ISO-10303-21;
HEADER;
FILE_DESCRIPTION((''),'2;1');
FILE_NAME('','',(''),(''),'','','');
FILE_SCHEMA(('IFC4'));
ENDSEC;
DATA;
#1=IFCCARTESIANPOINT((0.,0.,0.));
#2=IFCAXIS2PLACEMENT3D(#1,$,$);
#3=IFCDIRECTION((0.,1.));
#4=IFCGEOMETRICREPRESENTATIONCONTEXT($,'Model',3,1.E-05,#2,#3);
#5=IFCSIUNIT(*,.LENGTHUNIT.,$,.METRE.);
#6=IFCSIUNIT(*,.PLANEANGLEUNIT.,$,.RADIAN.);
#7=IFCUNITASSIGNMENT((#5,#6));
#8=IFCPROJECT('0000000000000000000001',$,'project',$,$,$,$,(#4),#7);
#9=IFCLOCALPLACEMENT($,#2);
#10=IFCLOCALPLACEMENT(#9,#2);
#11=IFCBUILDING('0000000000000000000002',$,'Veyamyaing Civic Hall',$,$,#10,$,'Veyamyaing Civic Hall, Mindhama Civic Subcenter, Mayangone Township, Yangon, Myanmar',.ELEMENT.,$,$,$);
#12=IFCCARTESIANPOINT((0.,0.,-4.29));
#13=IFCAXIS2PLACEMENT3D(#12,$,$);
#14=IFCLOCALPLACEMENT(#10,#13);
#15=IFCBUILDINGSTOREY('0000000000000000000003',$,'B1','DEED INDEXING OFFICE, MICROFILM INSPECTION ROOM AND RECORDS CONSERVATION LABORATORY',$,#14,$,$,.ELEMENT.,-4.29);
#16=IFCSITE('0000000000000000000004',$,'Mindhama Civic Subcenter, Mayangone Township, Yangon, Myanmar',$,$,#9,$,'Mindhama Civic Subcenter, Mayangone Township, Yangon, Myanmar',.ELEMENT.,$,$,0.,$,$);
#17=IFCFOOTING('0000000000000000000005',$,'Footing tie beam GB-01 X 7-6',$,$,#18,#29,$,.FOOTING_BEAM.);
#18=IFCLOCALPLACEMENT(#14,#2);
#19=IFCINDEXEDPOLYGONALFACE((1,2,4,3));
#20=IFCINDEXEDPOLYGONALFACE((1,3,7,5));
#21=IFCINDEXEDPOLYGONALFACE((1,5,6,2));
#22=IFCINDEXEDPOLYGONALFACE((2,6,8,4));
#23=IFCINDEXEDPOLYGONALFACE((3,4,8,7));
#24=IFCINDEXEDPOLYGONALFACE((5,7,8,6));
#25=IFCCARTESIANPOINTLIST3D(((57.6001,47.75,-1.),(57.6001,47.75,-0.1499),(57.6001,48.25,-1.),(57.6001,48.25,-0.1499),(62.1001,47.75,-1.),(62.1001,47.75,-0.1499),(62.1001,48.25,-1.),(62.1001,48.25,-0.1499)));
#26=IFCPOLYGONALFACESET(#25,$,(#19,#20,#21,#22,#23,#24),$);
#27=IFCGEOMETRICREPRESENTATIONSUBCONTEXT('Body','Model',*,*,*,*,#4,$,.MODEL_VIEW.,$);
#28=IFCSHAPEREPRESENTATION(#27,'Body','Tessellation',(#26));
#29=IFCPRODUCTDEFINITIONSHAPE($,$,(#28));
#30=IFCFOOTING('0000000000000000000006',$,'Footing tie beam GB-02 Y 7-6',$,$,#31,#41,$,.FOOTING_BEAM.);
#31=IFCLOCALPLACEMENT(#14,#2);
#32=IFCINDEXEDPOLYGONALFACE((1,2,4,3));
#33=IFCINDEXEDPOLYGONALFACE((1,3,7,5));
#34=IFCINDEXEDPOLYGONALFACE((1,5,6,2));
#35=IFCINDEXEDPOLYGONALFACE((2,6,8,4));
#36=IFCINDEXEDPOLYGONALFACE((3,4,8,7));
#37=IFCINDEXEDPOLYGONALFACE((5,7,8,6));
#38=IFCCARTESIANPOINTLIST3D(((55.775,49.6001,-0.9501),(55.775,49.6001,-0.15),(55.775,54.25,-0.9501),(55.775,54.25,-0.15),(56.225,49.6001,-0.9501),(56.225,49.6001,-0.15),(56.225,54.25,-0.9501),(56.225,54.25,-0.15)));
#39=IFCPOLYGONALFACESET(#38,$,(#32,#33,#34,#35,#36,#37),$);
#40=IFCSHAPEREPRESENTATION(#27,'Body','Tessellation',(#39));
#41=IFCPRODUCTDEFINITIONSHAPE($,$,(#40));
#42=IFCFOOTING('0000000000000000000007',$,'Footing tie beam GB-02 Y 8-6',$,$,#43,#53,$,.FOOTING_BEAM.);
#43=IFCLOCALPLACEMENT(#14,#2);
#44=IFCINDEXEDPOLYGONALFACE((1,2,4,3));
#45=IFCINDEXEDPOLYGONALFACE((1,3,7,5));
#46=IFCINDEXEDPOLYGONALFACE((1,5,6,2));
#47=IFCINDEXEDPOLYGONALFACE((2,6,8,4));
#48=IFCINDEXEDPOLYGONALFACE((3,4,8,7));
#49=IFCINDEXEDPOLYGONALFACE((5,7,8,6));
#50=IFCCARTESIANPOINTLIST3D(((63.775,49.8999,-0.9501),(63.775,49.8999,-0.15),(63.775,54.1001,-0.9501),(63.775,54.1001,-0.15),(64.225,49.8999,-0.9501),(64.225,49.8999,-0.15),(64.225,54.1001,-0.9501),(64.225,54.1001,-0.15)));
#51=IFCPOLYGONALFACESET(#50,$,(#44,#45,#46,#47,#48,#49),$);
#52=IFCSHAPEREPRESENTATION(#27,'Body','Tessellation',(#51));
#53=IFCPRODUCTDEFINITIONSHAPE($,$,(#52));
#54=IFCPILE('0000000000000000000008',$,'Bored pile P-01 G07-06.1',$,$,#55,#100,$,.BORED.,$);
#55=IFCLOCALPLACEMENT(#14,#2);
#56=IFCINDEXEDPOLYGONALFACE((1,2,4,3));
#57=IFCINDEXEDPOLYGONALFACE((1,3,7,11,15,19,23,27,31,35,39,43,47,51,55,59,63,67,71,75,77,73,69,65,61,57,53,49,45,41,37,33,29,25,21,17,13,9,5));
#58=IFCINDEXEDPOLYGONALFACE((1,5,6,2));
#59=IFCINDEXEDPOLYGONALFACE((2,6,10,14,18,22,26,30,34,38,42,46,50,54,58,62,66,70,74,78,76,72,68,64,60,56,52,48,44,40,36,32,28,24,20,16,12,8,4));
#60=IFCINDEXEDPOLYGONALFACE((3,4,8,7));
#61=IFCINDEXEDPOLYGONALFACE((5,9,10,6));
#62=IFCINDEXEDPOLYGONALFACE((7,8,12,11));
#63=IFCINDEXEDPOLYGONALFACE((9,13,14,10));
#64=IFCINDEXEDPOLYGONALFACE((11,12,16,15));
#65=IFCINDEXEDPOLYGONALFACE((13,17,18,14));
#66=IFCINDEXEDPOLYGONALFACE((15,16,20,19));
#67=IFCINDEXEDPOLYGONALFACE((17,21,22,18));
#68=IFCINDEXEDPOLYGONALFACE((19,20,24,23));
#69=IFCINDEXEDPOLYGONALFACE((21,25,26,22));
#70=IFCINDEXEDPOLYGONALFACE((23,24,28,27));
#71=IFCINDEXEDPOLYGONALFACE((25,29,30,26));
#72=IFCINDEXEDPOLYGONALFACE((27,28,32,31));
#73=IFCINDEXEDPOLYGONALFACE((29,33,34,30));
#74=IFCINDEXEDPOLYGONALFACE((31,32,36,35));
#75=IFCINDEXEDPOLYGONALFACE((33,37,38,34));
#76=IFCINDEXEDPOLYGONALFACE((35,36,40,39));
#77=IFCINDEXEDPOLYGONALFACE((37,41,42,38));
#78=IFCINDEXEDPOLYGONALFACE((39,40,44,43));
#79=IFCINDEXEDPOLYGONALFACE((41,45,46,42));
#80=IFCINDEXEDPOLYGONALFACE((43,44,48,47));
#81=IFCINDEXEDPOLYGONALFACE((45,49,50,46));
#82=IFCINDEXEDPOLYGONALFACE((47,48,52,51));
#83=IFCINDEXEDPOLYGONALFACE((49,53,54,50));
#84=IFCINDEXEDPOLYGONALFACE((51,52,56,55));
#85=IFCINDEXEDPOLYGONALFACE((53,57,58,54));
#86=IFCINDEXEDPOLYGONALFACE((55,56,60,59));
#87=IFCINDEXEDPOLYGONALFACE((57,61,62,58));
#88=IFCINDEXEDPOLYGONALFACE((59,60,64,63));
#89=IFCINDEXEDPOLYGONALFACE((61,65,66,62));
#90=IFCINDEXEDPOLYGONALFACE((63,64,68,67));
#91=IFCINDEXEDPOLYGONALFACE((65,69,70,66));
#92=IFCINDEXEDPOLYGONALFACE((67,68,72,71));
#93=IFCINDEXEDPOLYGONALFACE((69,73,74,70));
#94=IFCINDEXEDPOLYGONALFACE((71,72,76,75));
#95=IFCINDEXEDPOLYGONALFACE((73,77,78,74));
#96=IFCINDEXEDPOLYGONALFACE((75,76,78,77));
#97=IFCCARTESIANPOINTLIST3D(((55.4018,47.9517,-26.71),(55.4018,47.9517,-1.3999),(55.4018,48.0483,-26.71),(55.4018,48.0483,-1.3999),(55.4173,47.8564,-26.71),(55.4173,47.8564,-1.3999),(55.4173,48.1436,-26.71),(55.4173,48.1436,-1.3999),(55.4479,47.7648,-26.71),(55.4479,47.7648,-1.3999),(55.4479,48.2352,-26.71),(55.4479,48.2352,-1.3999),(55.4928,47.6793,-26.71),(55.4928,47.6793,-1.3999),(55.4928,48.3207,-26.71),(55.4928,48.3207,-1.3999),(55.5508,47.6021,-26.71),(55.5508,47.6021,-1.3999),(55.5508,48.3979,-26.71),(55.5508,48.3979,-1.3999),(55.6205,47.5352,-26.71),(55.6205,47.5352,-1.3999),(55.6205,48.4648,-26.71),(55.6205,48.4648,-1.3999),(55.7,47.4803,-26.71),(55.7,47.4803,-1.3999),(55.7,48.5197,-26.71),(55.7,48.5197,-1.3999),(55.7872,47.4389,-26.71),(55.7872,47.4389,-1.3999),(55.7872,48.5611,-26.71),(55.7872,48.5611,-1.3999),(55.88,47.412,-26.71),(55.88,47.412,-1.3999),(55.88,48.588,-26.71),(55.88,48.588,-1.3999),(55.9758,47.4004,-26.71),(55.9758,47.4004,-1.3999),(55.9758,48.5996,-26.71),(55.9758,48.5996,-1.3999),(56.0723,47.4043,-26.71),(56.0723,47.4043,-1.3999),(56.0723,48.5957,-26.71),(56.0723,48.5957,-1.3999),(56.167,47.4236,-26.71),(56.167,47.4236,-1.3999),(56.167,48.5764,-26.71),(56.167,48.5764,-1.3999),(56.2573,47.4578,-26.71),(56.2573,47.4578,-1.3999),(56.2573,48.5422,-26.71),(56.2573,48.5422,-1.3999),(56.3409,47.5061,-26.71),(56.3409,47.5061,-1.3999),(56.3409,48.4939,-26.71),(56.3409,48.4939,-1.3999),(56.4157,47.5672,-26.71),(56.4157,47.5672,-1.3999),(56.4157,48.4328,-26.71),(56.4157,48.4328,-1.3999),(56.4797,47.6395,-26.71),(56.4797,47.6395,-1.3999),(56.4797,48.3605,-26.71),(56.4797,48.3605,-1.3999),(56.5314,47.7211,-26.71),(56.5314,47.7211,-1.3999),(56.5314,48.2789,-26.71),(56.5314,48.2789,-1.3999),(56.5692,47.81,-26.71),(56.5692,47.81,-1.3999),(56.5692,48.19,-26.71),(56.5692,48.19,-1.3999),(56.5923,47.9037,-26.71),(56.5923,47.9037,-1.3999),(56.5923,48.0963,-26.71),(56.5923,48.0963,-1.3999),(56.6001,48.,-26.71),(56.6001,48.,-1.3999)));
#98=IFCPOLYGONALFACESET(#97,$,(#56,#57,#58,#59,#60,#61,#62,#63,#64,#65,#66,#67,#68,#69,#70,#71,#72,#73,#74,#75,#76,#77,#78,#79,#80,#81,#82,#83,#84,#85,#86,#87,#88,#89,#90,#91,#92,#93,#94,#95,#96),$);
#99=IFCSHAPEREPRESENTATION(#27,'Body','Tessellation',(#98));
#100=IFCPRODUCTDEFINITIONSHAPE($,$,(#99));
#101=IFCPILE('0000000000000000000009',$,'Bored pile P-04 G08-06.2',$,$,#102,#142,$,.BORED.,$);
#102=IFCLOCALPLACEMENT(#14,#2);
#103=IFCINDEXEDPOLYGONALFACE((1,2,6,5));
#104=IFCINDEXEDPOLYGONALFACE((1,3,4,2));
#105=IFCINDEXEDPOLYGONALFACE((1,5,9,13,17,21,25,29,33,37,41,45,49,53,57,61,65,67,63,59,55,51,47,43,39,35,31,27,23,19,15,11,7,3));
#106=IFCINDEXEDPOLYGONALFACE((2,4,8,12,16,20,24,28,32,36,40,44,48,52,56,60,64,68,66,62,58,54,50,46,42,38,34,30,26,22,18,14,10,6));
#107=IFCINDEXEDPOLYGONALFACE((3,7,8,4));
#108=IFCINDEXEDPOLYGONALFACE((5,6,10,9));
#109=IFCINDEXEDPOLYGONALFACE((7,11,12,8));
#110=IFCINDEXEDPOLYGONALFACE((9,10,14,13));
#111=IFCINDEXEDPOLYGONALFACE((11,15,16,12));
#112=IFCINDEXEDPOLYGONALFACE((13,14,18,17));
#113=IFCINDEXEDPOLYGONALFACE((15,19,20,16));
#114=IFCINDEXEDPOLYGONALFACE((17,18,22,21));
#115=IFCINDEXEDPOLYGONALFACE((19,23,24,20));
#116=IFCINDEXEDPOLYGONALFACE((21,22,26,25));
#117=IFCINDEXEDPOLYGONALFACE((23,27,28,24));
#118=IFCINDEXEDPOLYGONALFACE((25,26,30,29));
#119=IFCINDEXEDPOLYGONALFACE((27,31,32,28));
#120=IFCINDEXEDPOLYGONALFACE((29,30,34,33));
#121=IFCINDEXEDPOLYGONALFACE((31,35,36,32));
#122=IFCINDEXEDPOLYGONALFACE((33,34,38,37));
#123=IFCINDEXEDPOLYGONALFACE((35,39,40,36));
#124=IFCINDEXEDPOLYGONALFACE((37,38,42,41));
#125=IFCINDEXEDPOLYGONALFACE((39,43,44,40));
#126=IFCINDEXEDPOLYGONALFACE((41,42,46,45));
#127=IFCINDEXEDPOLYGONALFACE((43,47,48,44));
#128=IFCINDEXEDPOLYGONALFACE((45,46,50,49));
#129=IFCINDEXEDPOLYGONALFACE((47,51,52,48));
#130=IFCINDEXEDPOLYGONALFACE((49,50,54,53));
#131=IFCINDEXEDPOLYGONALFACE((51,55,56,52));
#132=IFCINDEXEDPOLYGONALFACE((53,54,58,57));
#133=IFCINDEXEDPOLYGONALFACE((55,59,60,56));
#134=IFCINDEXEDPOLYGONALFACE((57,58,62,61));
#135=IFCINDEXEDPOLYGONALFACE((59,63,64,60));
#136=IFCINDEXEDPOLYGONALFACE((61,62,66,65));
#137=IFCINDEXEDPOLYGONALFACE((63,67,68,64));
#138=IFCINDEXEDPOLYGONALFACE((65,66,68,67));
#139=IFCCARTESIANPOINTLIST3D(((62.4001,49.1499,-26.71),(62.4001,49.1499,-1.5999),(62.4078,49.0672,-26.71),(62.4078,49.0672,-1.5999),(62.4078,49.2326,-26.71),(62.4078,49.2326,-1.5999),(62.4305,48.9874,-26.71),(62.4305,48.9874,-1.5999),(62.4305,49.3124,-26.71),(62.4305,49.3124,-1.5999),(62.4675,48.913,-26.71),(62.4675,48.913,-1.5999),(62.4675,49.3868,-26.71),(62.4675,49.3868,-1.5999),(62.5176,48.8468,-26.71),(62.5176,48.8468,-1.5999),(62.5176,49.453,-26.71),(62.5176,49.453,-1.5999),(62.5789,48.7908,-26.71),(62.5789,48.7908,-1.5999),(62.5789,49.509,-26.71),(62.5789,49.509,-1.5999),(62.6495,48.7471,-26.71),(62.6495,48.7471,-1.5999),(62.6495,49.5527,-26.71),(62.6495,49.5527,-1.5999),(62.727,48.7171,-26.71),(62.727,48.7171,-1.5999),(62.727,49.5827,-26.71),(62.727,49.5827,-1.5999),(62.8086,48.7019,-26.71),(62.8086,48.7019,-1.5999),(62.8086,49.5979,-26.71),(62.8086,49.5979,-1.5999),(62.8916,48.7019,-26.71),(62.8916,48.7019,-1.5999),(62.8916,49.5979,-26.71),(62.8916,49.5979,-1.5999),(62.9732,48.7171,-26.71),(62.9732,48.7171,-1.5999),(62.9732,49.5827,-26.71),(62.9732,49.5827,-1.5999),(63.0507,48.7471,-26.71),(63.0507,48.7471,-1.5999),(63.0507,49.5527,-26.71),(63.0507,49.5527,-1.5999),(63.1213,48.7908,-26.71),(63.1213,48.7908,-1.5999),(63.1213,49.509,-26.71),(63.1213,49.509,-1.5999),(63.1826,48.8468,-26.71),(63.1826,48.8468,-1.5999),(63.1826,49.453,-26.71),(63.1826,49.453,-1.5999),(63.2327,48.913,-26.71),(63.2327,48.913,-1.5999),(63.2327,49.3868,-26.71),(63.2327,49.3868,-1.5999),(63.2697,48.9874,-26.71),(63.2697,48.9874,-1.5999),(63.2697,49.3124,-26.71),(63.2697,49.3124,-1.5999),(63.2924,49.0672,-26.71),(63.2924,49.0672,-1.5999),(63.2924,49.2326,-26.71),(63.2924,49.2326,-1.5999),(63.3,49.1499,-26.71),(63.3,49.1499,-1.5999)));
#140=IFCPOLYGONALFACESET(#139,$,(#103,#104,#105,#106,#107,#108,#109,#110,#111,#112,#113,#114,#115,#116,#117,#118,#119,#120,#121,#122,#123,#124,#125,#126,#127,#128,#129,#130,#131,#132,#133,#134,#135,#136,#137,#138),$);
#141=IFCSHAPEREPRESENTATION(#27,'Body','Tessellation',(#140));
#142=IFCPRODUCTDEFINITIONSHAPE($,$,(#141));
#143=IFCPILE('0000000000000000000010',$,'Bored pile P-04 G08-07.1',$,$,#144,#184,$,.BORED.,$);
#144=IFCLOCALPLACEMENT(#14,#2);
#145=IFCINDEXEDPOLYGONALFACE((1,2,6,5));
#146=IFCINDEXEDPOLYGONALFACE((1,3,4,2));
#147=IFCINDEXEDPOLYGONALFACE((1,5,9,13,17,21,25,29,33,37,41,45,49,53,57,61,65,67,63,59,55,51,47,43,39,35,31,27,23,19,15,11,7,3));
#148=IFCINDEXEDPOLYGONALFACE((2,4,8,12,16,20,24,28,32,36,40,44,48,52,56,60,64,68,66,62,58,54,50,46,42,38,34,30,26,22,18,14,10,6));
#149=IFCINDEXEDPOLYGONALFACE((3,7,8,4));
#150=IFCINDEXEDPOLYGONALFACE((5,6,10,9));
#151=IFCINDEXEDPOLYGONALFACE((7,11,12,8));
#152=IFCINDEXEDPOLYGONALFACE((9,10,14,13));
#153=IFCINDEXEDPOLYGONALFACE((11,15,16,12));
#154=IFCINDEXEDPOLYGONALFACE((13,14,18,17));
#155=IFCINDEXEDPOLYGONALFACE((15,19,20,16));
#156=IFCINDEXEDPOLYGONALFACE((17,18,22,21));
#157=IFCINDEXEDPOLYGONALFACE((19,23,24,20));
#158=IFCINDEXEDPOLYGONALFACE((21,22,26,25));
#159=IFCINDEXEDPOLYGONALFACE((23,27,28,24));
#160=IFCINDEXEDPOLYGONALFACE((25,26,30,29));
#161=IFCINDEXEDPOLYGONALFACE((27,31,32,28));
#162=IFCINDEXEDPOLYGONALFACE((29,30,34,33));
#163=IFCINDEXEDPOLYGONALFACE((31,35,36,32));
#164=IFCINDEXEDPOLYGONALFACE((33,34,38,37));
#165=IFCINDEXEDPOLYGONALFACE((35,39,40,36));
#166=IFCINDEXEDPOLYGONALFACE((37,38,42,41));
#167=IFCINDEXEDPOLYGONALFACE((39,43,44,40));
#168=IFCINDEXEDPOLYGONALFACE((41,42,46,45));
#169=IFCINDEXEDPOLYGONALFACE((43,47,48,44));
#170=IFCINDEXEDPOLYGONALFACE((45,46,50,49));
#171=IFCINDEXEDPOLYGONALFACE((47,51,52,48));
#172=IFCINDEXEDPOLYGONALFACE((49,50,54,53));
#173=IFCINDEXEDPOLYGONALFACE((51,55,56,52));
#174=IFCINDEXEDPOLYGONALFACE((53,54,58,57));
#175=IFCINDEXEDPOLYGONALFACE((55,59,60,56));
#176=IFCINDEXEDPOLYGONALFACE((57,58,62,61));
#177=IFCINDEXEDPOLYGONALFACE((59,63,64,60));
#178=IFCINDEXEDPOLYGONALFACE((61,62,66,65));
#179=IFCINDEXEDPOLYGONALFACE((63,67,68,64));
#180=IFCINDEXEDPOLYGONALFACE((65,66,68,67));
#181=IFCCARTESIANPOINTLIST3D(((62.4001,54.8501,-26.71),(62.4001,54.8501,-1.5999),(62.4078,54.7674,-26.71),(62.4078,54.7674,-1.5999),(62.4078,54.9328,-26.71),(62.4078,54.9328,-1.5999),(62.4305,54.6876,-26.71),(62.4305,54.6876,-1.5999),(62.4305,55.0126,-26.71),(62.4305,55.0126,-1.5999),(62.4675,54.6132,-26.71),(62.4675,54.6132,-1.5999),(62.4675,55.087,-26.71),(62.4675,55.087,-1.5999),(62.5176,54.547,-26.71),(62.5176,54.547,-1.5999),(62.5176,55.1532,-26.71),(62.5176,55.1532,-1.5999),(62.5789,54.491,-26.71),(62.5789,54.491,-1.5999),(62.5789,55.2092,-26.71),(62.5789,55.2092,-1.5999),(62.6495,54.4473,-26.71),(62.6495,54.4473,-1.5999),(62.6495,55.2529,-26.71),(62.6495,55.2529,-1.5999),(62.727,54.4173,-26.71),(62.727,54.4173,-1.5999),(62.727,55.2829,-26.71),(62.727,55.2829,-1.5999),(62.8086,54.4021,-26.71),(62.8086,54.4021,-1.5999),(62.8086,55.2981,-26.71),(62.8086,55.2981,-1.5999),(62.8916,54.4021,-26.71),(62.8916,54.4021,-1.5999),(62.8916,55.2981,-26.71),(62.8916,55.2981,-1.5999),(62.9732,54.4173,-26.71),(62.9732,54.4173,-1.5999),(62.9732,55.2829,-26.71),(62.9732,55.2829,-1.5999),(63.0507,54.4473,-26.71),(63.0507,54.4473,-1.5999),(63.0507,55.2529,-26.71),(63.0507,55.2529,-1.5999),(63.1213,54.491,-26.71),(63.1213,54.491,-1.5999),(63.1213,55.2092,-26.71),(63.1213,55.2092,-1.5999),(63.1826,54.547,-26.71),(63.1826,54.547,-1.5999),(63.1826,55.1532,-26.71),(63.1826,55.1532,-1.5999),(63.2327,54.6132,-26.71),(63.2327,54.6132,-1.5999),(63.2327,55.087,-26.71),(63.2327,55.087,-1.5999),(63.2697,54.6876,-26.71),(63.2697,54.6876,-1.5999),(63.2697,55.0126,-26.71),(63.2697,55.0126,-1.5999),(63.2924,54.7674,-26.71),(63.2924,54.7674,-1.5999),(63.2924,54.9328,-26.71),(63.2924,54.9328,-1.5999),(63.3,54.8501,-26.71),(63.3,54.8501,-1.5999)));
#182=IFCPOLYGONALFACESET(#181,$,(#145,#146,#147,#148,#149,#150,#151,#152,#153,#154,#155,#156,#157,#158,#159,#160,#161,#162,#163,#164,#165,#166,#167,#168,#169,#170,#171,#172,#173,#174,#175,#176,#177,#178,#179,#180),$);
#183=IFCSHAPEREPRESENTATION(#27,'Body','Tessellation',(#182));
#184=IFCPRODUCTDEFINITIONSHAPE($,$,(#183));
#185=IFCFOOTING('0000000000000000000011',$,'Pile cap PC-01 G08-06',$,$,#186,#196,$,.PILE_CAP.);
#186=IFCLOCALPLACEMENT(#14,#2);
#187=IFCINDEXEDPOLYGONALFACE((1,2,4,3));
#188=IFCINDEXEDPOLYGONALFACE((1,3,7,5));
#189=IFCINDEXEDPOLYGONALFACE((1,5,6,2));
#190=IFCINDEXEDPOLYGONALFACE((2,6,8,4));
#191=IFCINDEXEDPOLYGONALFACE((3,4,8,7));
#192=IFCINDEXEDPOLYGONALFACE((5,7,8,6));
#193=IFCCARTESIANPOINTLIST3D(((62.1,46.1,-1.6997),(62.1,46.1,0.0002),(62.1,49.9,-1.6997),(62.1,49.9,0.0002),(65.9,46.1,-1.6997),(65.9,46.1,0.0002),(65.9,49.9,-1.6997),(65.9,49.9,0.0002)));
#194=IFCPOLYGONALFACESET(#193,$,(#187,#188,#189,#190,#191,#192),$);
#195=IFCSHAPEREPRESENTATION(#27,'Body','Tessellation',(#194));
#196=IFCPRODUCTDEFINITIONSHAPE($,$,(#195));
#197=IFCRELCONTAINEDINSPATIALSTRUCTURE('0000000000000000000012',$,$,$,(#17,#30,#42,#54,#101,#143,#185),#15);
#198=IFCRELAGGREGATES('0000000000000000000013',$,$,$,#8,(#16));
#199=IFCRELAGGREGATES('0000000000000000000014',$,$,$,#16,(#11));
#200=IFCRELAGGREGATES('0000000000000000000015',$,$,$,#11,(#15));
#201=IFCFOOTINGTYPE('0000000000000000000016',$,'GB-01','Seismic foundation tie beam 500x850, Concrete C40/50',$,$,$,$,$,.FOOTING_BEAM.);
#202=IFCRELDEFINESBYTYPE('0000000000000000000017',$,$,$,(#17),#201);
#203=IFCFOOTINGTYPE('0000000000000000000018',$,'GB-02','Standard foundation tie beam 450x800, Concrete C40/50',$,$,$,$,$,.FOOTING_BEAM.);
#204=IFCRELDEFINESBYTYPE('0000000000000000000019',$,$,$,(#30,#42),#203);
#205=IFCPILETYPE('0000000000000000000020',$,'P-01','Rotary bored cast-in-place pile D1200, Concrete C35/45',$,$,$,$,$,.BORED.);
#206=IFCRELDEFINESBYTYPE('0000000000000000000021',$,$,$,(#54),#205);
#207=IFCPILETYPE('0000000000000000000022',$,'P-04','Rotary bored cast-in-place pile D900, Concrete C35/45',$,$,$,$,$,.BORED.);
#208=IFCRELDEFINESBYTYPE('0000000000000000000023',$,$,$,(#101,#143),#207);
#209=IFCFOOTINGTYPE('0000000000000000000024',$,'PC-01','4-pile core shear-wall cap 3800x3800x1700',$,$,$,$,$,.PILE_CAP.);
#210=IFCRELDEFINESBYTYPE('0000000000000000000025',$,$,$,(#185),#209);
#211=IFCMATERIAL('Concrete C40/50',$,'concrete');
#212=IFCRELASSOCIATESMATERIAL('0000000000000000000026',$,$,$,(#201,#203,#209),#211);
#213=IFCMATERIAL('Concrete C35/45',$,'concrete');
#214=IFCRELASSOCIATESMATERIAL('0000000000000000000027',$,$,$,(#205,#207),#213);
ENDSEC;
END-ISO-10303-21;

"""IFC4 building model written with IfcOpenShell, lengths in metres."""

from ifc_helpers import new_model, si_unit, direction, frame, origin, origin_2d, place, context, subcontext, project, spatial, rectangle, circle, extrude, material, material_profile, profile_set, type_object, element, save


model = new_model("IFC4")

# Units and contexts
model_context = context("Model", 3, precision=1e-05, world=origin(), true_north=direction((0.0, 1.0)))
body_context = subcontext(model_context, "Body", "Model", "MODEL_VIEW")
ifc_project = project(units=[si_unit("LENGTHUNIT", "METRE"), si_unit("PLANEANGLEUNIT", "RADIAN")], contexts=[model_context])

# Site, building, storey
site_placement = place(None, origin())
site = spatial("IfcSite", under=ifc_project, at=site_placement, Name="Mindhama Civic Subcenter, Mayangone Township, Yangon, Myanmar", LongName="Mindhama Civic Subcenter, Mayangone Township, Yangon, Myanmar", CompositionType="ELEMENT", RefElevation=0.0)
building_placement = place(site_placement, origin())
building = spatial("IfcBuilding", under=site, at=building_placement, Name="Veyamyaing Civic Hall", LongName="Veyamyaing Civic Hall, Mindhama Civic Subcenter, Mayangone Township, Yangon, Myanmar", CompositionType="ELEMENT")
storey_placement = place(building_placement, frame((0.0, 0.0, -4.29)))
storey = spatial("IfcBuildingStorey", under=building, at=storey_placement, Name="B1", Description="DEED INDEXING OFFICE, MICROFILM INSPECTION ROOM AND RECORDS CONSERVATION LABORATORY", CompositionType="ELEMENT", Elevation=-4.29)

# Footings
ifc_material_1 = material(Name="Concrete C40/50", Category="concrete")
ifc_material_profile_1 = material_profile(ifc_material_1, rectangle(XDim=0.5, YDim=0.8501, at=origin_2d()), Name="GB-500X850")
ifc_profile_set_1 = profile_set([ifc_material_profile_1], Name="Concrete C40/50")
footing_type_1 = type_object("IfcFootingType", Name="GB-01", Description="Seismic foundation tie beam 500x850, Concrete C40/50", PredefinedType="FOOTING_BEAM", material=ifc_profile_set_1)
footing_1_placement = place(storey_placement, frame((57.6001, 48.0, -0.575), z_axis=(1.0, 0.0, 0.0), x_axis=(0.0, 1.0, 0.0)))
element("IfcFooting", 1, at=footing_1_placement, inside=storey, type_object=footing_type_1, Name="Footing tie beam GB-01 X 7-6", PredefinedType="FOOTING_BEAM", context=body_context, shape_type="SweptSolid", body=[
    extrude(rectangle(XDim=0.5, YDim=0.8501, at=origin_2d()), origin(), (0.0, 0.0, 1.0), 4.5),
])
ifc_material_profile_2 = material_profile(ifc_material_1, rectangle(XDim=0.45, YDim=0.8, at=origin_2d()), Name="GB-450X800")
ifc_profile_set_2 = profile_set([ifc_material_profile_2], Name="Concrete C40/50")
footing_type_2 = type_object("IfcFootingType", Name="GB-02", Description="Standard foundation tie beam 450x800, Concrete C40/50", PredefinedType="FOOTING_BEAM", material=ifc_profile_set_2)
footing_2_placement = place(storey_placement, frame((56.0, 49.6001, -0.55), z_axis=(0.0, 1.0, 0.0), x_axis=(-1.0, 0.0, 0.0)))
element("IfcFooting", 2, at=footing_2_placement, inside=storey, type_object=footing_type_2, Name="Footing tie beam GB-02 Y 7-6", PredefinedType="FOOTING_BEAM", context=body_context, shape_type="SweptSolid", body=[
    extrude(rectangle(XDim=0.45, YDim=0.8, at=origin_2d()), origin(), (0.0, 0.0, 1.0), 4.6499),
])
footing_3_placement = place(storey_placement, frame((64.0, 49.8999, -0.55), z_axis=(0.0, 1.0, 0.0), x_axis=(-1.0, 0.0, 0.0)))
element("IfcFooting", 3, at=footing_3_placement, inside=storey, type_object=footing_type_2, Name="Footing tie beam GB-02 Y 8-6", PredefinedType="FOOTING_BEAM", context=body_context, shape_type="SweptSolid", body=[
    extrude(rectangle(XDim=0.45, YDim=0.8, at=origin_2d()), origin(), (0.0, 0.0, 1.0), 4.2002),
])

# Piles
ifc_material_2 = material(Name="Concrete C35/45", Category="concrete")
ifc_material_profile_3 = material_profile(ifc_material_2, circle(Radius=0.6001, at=origin_2d()), Name="PILE-D1200")
ifc_profile_set_3 = profile_set([ifc_material_profile_3], Name="Concrete C35/45")
pile_type_1 = type_object("IfcPileType", Name="P-01", Description="Rotary bored cast-in-place pile D1200, Concrete C35/45", PredefinedType="BORED", material=ifc_profile_set_3)
pile_placement = place(storey_placement, frame((56.0, 48.0, -1.3999), z_axis=(0.0, 0.0, -1.0), x_axis=(1.0, 0.0, 0.0)))
element("IfcPile", 4, at=pile_placement, inside=storey, type_object=pile_type_1, Name="Bored pile P-01 G07-06.1", PredefinedType="BORED", context=body_context, shape_type="SweptSolid", body=[
    extrude(circle(Radius=0.6001, at=origin_2d()), origin(), (0.0, 0.0, 1.0), 25.3101),
])
ifc_material_profile_4 = material_profile(ifc_material_2, circle(Radius=0.45, at=origin_2d()), Name="PILE-D900")
ifc_profile_set_4 = profile_set([ifc_material_profile_4], Name="Concrete C35/45")
pile_type_2 = type_object("IfcPileType", Name="P-04", Description="Rotary bored cast-in-place pile D900, Concrete C35/45", PredefinedType="BORED", material=ifc_profile_set_4)
for number, where, z_axis, x_axis, name in (
    (5, (62.8501, 49.1499, -1.5999), (0.0, 0.0, -1.0), (1.0, 0.0, 0.0), "Bored pile P-04 G08-06.2"),
    (6, (62.8501, 54.8501, -1.5999), (0.0, 0.0, -1.0), (1.0, 0.0, 0.0), "Bored pile P-04 G08-07.1"),
):
    element("IfcPile", number, at=place(storey_placement, frame(where, z_axis=z_axis, x_axis=x_axis)), inside=storey, type_object=pile_type_2, Name=name, PredefinedType="BORED", context=body_context, shape_type="SweptSolid", body=[
        extrude(circle(Radius=0.45, at=origin_2d()), origin(), (0.0, 0.0, 1.0), 25.1101),
    ])

# Footing
footing_type_3 = type_object("IfcFootingType", Name="PC-01", Description="4-pile core shear-wall cap 3800x3800x1700", PredefinedType="PILE_CAP", material=ifc_material_1)
footing_4_placement = place(storey_placement, frame((64.0, 48.0, -1.6997), z_axis=(0.0, 0.0, 1.0), x_axis=(1.0, 0.0, 0.0)))
element("IfcFooting", 7, at=footing_4_placement, inside=storey, type_object=footing_type_3, Name="Pile cap PC-01 G08-06", PredefinedType="PILE_CAP", context=body_context, shape_type="SweptSolid", body=[
    extrude(rectangle(XDim=3.8, YDim=3.8, at=origin_2d()), origin(), (0.0, 0.0, 1.0), 1.7),
])

save(model, "model.ifc")
